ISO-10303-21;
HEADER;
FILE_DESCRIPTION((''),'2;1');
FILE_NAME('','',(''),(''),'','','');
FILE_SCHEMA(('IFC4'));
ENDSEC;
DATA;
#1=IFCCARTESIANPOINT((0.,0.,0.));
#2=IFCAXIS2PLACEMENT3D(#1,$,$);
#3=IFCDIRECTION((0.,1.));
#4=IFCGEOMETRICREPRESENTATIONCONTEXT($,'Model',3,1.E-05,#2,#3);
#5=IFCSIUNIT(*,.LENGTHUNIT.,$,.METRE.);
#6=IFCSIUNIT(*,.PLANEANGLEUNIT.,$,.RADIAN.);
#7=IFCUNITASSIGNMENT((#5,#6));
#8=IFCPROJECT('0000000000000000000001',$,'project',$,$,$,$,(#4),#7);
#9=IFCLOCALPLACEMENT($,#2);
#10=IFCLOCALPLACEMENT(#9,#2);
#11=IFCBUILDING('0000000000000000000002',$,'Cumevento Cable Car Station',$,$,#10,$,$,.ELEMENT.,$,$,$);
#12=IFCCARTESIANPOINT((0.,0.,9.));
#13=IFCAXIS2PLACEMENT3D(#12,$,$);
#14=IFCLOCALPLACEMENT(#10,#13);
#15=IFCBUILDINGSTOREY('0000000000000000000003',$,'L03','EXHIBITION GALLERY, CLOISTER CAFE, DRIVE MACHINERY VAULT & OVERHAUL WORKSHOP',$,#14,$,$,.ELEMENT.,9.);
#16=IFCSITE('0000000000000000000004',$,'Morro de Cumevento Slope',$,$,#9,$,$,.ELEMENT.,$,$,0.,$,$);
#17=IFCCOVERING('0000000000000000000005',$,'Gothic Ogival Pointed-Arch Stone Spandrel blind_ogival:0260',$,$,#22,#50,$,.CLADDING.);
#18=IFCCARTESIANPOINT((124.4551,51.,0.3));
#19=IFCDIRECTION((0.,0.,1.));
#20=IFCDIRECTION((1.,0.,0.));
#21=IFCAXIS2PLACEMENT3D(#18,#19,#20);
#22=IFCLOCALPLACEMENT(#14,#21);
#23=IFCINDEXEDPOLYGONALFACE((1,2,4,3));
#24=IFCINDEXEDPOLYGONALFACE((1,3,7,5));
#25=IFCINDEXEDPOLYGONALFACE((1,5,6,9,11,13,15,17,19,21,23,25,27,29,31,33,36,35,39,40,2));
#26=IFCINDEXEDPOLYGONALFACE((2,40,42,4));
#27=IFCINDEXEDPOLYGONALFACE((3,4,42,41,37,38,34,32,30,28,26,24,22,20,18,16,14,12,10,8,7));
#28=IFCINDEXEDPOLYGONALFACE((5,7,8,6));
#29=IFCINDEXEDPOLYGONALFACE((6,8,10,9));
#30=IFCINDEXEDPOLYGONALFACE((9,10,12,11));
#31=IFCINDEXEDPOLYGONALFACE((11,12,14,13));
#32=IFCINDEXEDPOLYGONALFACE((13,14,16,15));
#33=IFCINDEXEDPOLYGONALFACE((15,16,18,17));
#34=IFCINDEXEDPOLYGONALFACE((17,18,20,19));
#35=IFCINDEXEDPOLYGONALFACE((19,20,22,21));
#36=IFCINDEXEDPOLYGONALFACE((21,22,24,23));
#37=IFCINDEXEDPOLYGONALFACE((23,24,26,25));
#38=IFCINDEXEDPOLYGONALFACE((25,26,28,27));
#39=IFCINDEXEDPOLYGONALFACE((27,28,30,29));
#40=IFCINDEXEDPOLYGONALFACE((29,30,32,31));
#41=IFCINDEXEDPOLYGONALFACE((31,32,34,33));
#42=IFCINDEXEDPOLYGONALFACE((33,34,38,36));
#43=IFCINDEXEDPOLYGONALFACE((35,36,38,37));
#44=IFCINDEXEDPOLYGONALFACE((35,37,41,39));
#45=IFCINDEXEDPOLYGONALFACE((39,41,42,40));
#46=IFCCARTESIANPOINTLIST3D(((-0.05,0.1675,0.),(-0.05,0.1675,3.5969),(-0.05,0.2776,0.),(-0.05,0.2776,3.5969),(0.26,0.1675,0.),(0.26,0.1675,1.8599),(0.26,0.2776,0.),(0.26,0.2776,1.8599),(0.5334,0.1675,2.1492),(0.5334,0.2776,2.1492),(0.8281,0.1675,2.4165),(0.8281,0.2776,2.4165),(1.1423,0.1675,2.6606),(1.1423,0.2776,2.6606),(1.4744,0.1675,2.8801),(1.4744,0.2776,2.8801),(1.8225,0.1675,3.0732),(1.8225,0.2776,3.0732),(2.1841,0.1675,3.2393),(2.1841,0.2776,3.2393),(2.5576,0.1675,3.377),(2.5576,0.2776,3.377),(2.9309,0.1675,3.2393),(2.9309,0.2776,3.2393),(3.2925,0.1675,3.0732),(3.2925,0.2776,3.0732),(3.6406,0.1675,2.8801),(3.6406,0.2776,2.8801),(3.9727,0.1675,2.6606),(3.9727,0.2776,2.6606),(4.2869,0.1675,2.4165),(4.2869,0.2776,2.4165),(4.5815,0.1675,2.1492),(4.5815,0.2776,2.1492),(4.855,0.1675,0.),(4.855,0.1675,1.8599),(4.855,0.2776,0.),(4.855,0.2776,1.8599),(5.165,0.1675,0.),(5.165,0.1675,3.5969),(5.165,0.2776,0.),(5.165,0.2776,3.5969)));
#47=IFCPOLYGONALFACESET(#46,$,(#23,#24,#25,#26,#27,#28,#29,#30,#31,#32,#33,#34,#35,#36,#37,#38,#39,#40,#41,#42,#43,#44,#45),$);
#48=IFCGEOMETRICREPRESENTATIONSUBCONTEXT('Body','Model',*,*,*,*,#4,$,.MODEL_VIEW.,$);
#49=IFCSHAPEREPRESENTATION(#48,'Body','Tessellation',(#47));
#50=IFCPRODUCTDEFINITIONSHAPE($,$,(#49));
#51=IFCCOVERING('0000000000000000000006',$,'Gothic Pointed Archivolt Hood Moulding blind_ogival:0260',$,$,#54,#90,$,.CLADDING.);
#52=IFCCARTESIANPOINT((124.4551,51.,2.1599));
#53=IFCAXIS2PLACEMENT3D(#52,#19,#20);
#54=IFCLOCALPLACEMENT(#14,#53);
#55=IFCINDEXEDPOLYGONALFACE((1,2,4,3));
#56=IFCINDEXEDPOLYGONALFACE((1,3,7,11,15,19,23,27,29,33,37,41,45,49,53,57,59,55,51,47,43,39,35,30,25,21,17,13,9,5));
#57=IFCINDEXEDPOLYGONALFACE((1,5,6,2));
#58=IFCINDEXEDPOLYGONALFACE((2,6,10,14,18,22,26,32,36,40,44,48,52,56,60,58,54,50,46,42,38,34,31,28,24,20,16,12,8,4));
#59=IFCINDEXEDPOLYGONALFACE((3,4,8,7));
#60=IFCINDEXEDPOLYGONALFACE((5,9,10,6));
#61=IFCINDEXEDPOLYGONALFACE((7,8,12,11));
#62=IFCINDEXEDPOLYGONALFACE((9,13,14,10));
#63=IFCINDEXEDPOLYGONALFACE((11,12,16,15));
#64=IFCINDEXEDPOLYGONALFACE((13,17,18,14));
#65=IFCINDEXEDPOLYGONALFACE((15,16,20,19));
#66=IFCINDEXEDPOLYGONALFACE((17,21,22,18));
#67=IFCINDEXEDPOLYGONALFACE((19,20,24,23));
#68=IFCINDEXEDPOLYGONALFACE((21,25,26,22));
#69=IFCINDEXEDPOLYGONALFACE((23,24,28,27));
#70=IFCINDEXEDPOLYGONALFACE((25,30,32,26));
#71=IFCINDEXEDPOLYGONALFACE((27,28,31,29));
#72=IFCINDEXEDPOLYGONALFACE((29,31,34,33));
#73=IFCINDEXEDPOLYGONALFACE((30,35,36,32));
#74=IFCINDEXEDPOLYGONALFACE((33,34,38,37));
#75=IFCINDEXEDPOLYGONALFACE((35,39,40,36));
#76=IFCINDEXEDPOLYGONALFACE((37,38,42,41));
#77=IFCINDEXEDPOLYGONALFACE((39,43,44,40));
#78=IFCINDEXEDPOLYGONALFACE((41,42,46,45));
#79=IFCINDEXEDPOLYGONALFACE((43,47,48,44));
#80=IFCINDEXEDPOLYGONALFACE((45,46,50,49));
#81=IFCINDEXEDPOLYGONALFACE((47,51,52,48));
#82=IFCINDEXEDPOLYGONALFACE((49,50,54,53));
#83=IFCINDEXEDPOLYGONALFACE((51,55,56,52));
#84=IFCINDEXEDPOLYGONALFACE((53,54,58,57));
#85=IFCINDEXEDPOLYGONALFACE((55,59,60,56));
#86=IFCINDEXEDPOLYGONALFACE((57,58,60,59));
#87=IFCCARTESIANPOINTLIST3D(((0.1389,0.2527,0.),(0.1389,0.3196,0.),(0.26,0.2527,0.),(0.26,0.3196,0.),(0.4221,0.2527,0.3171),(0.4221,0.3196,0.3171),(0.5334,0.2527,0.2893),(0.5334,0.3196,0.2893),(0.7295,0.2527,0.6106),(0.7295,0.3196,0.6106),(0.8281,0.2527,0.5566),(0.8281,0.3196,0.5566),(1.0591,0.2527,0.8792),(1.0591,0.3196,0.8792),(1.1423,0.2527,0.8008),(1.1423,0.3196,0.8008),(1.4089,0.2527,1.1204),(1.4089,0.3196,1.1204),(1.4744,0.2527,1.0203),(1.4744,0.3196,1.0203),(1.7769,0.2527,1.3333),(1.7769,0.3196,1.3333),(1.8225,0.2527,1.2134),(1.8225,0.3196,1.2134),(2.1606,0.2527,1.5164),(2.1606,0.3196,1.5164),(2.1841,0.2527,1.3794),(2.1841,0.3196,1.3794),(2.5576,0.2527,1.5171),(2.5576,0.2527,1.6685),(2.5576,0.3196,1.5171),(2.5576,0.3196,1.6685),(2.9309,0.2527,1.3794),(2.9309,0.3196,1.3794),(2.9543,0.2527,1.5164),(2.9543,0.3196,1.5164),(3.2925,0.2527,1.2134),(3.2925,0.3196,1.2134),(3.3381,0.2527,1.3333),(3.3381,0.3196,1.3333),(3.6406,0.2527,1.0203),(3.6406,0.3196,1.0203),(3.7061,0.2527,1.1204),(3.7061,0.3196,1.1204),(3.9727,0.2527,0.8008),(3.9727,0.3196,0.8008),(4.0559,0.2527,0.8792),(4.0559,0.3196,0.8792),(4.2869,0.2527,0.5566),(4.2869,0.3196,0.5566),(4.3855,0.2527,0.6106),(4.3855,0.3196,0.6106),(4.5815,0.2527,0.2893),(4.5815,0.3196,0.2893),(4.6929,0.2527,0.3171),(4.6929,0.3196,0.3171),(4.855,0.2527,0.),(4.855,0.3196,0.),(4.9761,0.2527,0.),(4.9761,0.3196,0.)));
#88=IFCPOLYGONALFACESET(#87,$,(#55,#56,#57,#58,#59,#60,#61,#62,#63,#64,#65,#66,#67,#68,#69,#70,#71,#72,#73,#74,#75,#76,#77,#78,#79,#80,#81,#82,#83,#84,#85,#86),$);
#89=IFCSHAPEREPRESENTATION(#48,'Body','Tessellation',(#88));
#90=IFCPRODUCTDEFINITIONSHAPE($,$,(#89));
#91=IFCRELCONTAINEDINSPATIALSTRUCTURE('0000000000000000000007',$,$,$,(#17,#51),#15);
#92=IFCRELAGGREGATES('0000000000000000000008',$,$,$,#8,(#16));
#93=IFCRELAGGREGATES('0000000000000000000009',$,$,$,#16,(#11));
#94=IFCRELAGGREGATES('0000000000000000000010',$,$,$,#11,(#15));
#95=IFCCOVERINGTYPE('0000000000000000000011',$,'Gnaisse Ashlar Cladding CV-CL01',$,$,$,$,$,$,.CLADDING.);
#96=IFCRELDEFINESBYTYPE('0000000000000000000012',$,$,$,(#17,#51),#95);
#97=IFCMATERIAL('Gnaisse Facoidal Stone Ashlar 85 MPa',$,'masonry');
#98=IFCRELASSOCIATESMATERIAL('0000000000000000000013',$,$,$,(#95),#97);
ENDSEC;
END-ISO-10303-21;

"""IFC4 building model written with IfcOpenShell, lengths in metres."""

from ifc_helpers import new_model, si_unit, direction, frame, origin, place, context, subcontext, project, spatial, polyline, outline, extrude, material, type_object, element, save


model = new_model("IFC4")

# Units and contexts
model_context = context("Model", 3, precision=1e-05, world=origin(), true_north=direction((0.0, 1.0)))
body_context = subcontext(model_context, "Body", "Model", "MODEL_VIEW")
ifc_project = project(units=[si_unit("LENGTHUNIT", "METRE"), si_unit("PLANEANGLEUNIT", "RADIAN")], contexts=[model_context])

# Site, building, storey
site_placement = place(None, origin())
site = spatial("IfcSite", under=ifc_project, at=site_placement, Name="Morro de Cumevento Slope", CompositionType="ELEMENT", RefElevation=0.0)
building_placement = place(site_placement, origin())
building = spatial("IfcBuilding", under=site, at=building_placement, Name="Cumevento Cable Car Station", CompositionType="ELEMENT")
storey_placement = place(building_placement, frame((0.0, 0.0, 9.0)))
storey = spatial("IfcBuildingStorey", under=building, at=storey_placement, Name="L03", Description="EXHIBITION GALLERY, CLOISTER CAFE, DRIVE MACHINERY VAULT & OVERHAUL WORKSHOP", CompositionType="ELEMENT", Elevation=9.0)

# Coverings
ifc_material_1 = material(Name="Gnaisse Facoidal Stone Ashlar 85 MPa", Category="masonry")
covering_type = type_object("IfcCoveringType", Name="Gnaisse Ashlar Cladding CV-CL01", PredefinedType="CLADDING", material=ifc_material_1)
covering_1_placement = place(storey_placement, frame((124.4551, 51.0, 0.3), z_axis=(0.0, 0.0, 1.0), x_axis=(1.0, 0.0, 0.0)))
element("IfcCovering", 1, at=covering_1_placement, inside=storey, type_object=covering_type, Name="Gothic Ogival Pointed-Arch Stone Spandrel blind_ogival:0260", PredefinedType="CLADDING", context=body_context, shape_type="SweptSolid", body=[
    extrude(outline(polyline([(-0.05, 0.0), (-0.05, 3.5969), (5.165, 3.5969), (5.165, 0.0), (4.855, 0.0), (4.855, 1.8599), (4.5815, 2.1492), (4.2869, 2.4165), (3.9727, 2.6606), (3.6406, 2.8801), (3.2925, 3.0732), (2.9309, 3.2393), (2.5576, 3.377), (2.1841, 3.2393), (1.8225, 3.0732), (1.4744, 2.8801), (1.1423, 2.6606), (0.8281, 2.4165), (0.5334, 2.1492), (0.26, 1.8599), (0.26, 0.0), (-0.05, 0.0)])), frame((0.0, 0.2776, 0.0), z_axis=(0.0, -1.0, 0.0), x_axis=(1.0, 0.0, 0.0)), (0.0, 0.0, 1.0), 0.1101),
])
covering_2_placement = place(storey_placement, frame((124.4551, 51.0, 2.1599), z_axis=(0.0, 0.0, 1.0), x_axis=(1.0, 0.0, 0.0)))
element("IfcCovering", 2, at=covering_2_placement, inside=storey, type_object=covering_type, Name="Gothic Pointed Archivolt Hood Moulding blind_ogival:0260", PredefinedType="CLADDING", context=body_context, shape_type="SweptSolid", body=[
    extrude(outline(polyline([(0.26, 0.0), (0.5334, 0.2893), (0.8281, 0.5566), (1.1423, 0.8008), (1.4744, 1.0203), (1.8225, 1.2134), (2.1841, 1.3794), (2.5576, 1.5171), (2.9309, 1.3794), (3.2925, 1.2134), (3.6406, 1.0203), (3.9727, 0.8008), (4.2869, 0.5566), (4.5815, 0.2893), (4.855, 0.0), (4.9761, 0.0), (4.6929, 0.3171), (4.3855, 0.6106), (4.0559, 0.8792), (3.7061, 1.1204), (3.3381, 1.3333), (2.9543, 1.5164), (2.5576, 1.6685), (2.1606, 1.5164), (1.7769, 1.3333), (1.4089, 1.1204), (1.0591, 0.8792), (0.7295, 0.6106), (0.4221, 0.3171), (0.1389, 0.0), (0.26, 0.0)])), frame((0.0, 0.3196, 0.0), z_axis=(0.0, -1.0, 0.0), x_axis=(1.0, 0.0, 0.0)), (0.0, 0.0, 1.0), 0.0669),
])

save(model, "model.ifc")
